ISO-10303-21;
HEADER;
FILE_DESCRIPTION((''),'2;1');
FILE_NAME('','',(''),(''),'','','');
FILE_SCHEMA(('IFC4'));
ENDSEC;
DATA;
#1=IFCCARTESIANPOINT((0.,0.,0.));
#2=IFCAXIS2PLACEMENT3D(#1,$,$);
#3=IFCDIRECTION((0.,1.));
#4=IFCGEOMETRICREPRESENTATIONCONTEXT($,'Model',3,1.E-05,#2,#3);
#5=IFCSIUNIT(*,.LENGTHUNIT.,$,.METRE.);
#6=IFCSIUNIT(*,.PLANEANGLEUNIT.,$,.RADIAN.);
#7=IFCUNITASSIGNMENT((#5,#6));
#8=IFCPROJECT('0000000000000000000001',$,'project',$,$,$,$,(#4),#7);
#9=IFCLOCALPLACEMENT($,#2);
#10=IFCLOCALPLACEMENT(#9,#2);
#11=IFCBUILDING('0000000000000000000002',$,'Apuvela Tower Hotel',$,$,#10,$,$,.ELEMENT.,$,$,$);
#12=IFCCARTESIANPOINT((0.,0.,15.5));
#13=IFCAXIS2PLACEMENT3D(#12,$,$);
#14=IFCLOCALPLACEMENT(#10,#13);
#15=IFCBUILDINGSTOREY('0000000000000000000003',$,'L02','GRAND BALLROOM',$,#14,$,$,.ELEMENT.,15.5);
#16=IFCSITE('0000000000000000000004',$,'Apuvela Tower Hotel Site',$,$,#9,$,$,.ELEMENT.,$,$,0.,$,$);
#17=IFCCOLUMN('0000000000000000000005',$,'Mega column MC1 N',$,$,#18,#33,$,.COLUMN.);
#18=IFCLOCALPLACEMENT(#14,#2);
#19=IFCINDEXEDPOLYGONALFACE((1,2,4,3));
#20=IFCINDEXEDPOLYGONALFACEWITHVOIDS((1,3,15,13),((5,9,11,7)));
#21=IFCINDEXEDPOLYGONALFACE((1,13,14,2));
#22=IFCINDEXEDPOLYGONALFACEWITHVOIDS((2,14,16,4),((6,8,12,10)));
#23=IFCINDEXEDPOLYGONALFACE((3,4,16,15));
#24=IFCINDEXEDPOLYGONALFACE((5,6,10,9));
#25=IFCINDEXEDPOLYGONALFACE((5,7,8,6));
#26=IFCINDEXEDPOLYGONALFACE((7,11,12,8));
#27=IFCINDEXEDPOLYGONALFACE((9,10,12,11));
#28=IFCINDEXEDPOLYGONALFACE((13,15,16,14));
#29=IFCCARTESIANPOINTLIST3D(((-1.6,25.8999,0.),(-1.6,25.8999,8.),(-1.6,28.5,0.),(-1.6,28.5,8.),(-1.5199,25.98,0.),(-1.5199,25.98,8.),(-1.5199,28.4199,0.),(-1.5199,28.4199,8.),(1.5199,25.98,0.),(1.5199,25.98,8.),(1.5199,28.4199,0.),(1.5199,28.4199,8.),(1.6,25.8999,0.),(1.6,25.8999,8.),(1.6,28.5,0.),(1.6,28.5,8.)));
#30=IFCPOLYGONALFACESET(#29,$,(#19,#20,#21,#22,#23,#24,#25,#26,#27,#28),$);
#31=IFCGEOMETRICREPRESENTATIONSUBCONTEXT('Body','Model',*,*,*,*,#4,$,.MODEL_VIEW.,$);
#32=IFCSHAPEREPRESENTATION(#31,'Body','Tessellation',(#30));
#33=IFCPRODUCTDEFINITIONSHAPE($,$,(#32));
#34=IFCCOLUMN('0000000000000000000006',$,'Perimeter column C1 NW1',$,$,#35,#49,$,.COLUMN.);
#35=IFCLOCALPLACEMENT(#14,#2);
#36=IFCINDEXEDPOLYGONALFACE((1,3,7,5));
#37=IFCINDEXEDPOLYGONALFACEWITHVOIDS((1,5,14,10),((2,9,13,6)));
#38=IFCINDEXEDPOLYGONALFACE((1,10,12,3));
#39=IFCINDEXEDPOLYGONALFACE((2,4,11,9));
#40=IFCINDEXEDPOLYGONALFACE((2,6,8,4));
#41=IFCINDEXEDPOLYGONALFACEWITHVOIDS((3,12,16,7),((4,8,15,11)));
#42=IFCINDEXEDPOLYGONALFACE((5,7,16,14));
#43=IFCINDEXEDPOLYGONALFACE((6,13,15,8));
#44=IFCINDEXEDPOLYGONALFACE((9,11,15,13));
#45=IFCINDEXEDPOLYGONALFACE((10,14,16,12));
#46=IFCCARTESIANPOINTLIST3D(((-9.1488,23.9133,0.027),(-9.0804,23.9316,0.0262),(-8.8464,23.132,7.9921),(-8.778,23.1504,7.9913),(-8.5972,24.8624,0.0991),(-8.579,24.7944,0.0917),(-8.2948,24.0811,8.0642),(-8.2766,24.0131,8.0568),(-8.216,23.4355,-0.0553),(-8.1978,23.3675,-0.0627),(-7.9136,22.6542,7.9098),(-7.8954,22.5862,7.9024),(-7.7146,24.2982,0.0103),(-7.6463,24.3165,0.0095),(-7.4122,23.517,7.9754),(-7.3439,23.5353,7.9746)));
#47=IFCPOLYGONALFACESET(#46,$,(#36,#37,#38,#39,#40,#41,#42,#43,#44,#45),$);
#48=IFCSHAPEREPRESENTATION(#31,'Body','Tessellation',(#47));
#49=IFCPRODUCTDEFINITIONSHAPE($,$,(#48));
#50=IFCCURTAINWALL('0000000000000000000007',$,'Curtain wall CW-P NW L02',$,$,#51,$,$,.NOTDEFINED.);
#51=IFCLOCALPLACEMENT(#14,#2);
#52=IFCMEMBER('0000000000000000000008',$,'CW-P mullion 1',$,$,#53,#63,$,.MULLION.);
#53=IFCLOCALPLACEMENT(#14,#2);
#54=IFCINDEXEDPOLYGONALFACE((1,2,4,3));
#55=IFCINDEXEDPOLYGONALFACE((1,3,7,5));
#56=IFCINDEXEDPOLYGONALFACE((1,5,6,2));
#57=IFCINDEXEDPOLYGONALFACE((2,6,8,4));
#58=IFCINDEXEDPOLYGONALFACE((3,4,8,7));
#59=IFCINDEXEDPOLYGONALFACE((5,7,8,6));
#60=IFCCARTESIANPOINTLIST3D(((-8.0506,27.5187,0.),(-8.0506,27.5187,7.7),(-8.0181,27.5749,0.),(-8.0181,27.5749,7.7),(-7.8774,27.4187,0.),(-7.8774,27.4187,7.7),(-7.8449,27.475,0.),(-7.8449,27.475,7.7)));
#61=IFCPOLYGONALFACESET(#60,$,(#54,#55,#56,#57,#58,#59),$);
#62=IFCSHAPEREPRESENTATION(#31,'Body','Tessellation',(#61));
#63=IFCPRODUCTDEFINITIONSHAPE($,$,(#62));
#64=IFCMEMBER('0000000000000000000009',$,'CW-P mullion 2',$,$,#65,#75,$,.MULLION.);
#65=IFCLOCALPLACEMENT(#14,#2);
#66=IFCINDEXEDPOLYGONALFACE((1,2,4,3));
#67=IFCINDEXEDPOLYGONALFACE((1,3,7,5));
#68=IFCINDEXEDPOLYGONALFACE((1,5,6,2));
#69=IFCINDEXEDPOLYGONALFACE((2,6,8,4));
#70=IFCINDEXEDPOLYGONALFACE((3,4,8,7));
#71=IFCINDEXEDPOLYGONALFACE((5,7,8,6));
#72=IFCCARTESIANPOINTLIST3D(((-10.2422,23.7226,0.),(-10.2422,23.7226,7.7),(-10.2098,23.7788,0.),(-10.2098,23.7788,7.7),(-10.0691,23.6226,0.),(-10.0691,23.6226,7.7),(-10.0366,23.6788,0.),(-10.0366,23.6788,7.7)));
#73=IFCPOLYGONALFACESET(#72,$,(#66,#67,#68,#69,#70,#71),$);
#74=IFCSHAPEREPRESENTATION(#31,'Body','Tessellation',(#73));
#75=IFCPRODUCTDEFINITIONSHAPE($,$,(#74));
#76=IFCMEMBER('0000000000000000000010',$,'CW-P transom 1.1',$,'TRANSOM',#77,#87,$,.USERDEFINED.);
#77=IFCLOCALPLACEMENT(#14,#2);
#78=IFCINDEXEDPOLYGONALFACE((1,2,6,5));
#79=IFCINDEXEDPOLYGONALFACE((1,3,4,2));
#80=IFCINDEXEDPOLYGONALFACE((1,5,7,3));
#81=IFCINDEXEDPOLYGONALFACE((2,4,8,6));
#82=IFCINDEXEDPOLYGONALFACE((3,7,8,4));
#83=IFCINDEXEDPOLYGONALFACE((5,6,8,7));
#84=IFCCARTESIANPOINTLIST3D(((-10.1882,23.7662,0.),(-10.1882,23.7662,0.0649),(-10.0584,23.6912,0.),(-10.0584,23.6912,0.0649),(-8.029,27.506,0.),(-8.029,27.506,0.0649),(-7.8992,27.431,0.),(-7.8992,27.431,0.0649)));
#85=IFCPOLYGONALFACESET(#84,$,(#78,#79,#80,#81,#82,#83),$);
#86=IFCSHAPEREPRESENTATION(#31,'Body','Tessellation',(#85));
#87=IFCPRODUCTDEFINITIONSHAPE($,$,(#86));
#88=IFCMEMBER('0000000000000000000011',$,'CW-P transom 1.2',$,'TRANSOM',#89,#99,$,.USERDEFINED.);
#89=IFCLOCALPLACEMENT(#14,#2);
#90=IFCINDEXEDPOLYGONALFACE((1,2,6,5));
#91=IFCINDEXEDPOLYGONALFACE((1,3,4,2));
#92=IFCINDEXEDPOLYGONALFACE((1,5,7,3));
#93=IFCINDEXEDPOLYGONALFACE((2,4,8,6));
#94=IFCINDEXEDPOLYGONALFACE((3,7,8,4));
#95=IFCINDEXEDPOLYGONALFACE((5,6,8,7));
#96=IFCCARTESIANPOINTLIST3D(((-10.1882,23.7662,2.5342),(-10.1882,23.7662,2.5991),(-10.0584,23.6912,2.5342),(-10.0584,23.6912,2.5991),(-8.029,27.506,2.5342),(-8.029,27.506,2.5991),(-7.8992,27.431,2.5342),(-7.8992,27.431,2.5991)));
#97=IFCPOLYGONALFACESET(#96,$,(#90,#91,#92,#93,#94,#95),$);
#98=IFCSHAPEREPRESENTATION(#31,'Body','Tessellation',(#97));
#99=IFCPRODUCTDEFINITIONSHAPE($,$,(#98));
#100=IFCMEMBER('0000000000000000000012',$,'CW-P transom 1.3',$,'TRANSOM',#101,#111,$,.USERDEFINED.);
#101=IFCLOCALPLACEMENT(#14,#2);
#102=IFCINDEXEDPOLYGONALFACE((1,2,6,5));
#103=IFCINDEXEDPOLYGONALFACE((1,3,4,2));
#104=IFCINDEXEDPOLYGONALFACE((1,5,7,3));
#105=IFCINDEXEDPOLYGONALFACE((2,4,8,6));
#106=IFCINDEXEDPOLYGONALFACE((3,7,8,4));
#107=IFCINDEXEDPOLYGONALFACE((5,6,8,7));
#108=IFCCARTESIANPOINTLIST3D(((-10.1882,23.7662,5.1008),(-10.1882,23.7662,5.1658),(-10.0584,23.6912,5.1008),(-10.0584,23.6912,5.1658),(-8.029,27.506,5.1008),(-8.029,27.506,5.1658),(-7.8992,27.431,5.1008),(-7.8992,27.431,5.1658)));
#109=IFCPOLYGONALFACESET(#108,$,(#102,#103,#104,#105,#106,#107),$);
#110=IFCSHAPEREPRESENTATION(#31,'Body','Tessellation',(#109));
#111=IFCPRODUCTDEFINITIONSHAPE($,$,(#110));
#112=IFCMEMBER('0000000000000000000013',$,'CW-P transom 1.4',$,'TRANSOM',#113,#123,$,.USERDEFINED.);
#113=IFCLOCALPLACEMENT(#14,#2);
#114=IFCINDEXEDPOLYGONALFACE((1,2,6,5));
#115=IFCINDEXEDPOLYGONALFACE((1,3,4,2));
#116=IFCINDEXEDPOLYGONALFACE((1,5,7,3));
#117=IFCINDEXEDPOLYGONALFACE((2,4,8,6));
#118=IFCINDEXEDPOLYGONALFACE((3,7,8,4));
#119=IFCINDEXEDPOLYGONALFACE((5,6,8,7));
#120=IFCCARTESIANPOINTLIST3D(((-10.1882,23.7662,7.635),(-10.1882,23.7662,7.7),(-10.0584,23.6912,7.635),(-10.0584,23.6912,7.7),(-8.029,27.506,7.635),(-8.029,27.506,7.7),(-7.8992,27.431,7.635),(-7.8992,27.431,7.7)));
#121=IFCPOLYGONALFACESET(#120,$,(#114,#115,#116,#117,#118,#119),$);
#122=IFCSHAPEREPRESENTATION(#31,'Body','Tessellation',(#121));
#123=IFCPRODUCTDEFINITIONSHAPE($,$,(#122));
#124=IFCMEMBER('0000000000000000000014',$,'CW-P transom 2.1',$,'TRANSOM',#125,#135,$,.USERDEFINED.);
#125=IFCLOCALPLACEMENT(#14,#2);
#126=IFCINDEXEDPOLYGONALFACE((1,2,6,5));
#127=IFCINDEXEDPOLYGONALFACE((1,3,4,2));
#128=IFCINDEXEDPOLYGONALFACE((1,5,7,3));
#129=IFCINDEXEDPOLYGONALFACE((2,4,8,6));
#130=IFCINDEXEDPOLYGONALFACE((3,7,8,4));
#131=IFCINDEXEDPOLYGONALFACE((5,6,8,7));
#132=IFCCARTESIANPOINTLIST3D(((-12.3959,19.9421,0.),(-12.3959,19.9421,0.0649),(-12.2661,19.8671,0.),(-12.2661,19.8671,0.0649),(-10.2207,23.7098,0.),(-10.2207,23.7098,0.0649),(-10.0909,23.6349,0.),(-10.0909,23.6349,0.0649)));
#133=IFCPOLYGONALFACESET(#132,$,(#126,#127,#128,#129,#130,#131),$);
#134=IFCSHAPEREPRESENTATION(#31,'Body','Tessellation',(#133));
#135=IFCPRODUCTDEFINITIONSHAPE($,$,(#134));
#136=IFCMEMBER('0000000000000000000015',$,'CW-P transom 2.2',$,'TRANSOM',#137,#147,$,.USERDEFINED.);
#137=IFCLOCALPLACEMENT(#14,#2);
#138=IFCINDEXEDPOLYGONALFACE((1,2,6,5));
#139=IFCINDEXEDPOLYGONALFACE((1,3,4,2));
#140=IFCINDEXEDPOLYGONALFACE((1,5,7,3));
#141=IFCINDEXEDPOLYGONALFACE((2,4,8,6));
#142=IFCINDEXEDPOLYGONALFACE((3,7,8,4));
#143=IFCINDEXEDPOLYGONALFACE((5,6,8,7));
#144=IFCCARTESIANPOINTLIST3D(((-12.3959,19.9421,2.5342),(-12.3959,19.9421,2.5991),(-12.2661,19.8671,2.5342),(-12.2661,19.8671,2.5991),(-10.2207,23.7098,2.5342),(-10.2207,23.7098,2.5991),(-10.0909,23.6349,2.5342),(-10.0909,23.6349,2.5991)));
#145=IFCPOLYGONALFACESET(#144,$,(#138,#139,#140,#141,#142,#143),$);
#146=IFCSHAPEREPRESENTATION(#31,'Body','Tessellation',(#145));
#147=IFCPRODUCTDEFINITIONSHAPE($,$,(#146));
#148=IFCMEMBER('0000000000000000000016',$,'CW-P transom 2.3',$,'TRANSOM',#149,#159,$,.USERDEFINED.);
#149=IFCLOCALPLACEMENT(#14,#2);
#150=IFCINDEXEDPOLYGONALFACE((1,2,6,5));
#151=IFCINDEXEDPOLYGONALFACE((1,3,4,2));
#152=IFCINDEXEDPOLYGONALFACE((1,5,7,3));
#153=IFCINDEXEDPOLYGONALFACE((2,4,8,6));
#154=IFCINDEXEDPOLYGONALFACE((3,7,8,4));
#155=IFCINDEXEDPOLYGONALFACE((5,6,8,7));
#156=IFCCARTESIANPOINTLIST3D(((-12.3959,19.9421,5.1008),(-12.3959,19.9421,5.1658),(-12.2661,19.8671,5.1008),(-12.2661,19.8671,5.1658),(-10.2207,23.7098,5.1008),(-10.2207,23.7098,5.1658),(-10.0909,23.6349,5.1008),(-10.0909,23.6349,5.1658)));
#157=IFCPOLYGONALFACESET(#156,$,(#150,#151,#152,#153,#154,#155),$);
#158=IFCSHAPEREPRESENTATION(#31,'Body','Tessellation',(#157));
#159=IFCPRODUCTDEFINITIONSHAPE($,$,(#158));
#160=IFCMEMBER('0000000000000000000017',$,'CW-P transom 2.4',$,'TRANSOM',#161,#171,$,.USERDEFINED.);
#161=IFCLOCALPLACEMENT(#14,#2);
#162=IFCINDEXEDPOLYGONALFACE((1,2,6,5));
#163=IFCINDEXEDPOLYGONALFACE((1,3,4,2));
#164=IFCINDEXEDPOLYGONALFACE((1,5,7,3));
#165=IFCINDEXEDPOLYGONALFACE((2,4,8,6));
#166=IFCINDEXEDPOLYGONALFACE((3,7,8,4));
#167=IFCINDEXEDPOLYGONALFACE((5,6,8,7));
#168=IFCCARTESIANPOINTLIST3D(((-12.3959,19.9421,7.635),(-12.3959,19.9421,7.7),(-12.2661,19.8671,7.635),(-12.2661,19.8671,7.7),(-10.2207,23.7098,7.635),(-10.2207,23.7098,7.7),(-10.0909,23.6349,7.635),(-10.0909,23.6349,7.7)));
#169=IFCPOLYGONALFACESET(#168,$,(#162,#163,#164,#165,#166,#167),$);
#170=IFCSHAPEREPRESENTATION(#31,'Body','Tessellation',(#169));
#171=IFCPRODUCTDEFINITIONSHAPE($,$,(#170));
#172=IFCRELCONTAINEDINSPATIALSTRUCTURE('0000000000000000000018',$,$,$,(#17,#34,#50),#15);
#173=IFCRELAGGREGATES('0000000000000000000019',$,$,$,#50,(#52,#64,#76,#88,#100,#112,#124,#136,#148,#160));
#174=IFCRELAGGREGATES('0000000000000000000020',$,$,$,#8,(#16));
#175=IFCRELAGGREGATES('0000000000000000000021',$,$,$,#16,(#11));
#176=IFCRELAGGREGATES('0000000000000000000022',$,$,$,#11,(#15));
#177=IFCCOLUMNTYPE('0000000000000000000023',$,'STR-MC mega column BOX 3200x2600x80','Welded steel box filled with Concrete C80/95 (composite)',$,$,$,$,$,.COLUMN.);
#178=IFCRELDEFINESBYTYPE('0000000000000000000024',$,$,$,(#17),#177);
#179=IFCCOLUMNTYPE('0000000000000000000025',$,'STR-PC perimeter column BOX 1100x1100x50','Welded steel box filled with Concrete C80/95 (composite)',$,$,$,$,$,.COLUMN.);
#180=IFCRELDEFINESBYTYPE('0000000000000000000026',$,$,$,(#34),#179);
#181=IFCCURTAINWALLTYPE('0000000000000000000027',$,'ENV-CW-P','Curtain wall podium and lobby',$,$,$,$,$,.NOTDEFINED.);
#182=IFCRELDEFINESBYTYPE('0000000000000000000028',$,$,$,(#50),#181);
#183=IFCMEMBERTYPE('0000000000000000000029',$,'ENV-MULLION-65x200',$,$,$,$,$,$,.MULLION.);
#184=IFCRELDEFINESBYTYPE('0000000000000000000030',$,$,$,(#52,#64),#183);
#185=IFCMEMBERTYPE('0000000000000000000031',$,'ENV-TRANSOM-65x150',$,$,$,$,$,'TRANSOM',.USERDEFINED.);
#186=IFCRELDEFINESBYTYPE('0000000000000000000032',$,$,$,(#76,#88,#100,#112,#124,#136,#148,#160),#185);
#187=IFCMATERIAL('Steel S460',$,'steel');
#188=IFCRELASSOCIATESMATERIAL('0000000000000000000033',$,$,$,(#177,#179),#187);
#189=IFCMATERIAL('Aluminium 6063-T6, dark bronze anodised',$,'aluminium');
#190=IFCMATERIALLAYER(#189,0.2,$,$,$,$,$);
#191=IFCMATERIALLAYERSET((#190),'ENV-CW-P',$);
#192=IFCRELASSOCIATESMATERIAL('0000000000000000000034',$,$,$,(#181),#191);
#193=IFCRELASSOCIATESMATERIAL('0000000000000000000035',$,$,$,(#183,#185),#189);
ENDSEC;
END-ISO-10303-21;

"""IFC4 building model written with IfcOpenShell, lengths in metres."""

from ifc_helpers import new_model, si_unit, direction, frame, origin, origin_2d, place, context, subcontext, project, spatial, rectangle, hollow_rectangle, extrude, boolean, halfspace, material, layer, layer_set, material_profile, profile_set, type_object, element, aggregate, save


model = new_model("IFC4")

# Units and contexts
model_context = context("Model", 3, precision=1e-05, world=origin(), true_north=direction((0.0, 1.0)))
body_context = subcontext(model_context, "Body", "Model", "MODEL_VIEW")
ifc_project = project(units=[si_unit("LENGTHUNIT", "METRE"), si_unit("PLANEANGLEUNIT", "RADIAN")], contexts=[model_context])

# Site, building, storey
site_placement = place(None, origin())
site = spatial("IfcSite", under=ifc_project, at=site_placement, Name="Apuvela Tower Hotel Site", CompositionType="ELEMENT", RefElevation=0.0)
building_placement = place(site_placement, origin())
building = spatial("IfcBuilding", under=site, at=building_placement, Name="Apuvela Tower Hotel", CompositionType="ELEMENT")
storey_placement = place(building_placement, frame((0.0, 0.0, 15.5)))
storey = spatial("IfcBuildingStorey", under=building, at=storey_placement, Name="L02", Description="GRAND BALLROOM", CompositionType="ELEMENT", Elevation=15.5)

# Columns
ifc_material_1 = material(Name="Steel S460", Category="steel")
ifc_material_profile_1 = material_profile(ifc_material_1, hollow_rectangle(XDim=3.2, YDim=2.6001, WallThickness=0.0801, at=origin_2d()), Name="BOX 3200x2600x80")
ifc_material_2 = material(Name="Concrete C80/95", Category="concrete")
ifc_material_profile_2 = material_profile(ifc_material_2, rectangle(XDim=3.04, YDim=2.4399, at=origin_2d()), Name="Concrete C80/95 infill")
ifc_profile_set_1 = profile_set([ifc_material_profile_1, ifc_material_profile_2], Name="Steel S460")
column_type_1 = type_object("IfcColumnType", Name="STR-MC mega column BOX 3200x2600x80", Description="Welded steel box filled with Concrete C80/95 (composite)", PredefinedType="COLUMN", material=ifc_profile_set_1)
column_1_placement = place(storey_placement, frame((0.0, 27.2, 0.0), z_axis=(0.0, 0.0, 1.0), x_axis=(1.0, 0.0, 0.0)))
element("IfcColumn", 1, at=column_1_placement, inside=storey, type_object=column_type_1, Name="Mega column MC1 N", PredefinedType="COLUMN", context=body_context, shape_type="SweptSolid", body=[
    extrude(hollow_rectangle(XDim=3.2, YDim=2.6001, WallThickness=0.0801, at=origin_2d()), origin(), (0.0, 0.0, 1.0), 8.0),
])
ifc_material_profile_3 = material_profile(ifc_material_1, hollow_rectangle(XDim=1.1001, YDim=1.1001, WallThickness=0.05, at=origin_2d()), Name="BOX 1100x1100x50")
ifc_material_profile_4 = material_profile(ifc_material_2, rectangle(XDim=1.0, YDim=1.0, at=origin_2d()), Name="Concrete C80/95 infill")
ifc_profile_set_2 = profile_set([ifc_material_profile_3, ifc_material_profile_4], Name="Steel S460")
column_type_2 = type_object("IfcColumnType", Name="STR-PC perimeter column BOX 1100x1100x50", Description="Welded steel box filled with Concrete C80/95 (composite)", PredefinedType="COLUMN", material=ifc_profile_set_2)
column_2_placement = place(storey_placement, frame((-8.3982, 24.1167, 0.0), z_axis=(0.037756, -0.097545, 0.994515), x_axis=(0.501389, 0.862733, 0.065585)))
element("IfcColumn", 2, at=column_2_placement, inside=storey, type_object=column_type_2, Name="Perimeter column C1 NW1", PredefinedType="COLUMN", context=body_context, shape_type="SweptSolid", body=[
    boolean("DIFFERENCE", boolean("DIFFERENCE", extrude(hollow_rectangle(XDim=1.1001, YDim=1.1001, WallThickness=0.05, at=origin_2d()), origin(), (0.0, 0.0, 1.0), 8.0442), halfspace(frame((0.0, 0.0, 0.0183), z_axis=(0.0, 0.0, 1.0), x_axis=(1.0, 0.0, 0.0)), True)), halfspace(frame((0.0, 0.0, 8.0273), z_axis=(0.0, 0.0, 1.0), x_axis=(1.0, 0.0, 0.0)), False)),
])

# Curtain wall, members
ifc_material_3 = material(Name="Aluminium 6063-T6, dark bronze anodised", Category="aluminium")
ifc_layer_1 = layer(ifc_material_3, 0.2)
ifc_layer_set_1 = layer_set([ifc_layer_1], Name="ENV-CW-P")
curtain_wall_type = type_object("IfcCurtainWallType", Name="ENV-CW-P", Description="Curtain wall podium and lobby", PredefinedType="NOTDEFINED", material=ifc_layer_set_1)
curtain_wall_placement = place(storey_placement, origin())
curtain_wall = element("IfcCurtainWall", 3, at=curtain_wall_placement, inside=storey, type_object=curtain_wall_type, Name="Curtain wall CW-P NW L02", PredefinedType="NOTDEFINED")
ifc_material_profile_5 = material_profile(ifc_material_3, rectangle(XDim=0.2, YDim=0.0649, at=origin_2d()), Name="AL 65x200")
ifc_profile_set_3 = profile_set([ifc_material_profile_5], Name="Aluminium 6063-T6, dark bronze anodised")
member_type_1 = type_object("IfcMemberType", Name="ENV-MULLION-65x200", PredefinedType="MULLION", material=ifc_profile_set_3)
member_1_placement = place(storey_placement, frame((-7.9478, 27.4968, 0.0), z_axis=(0.0, 0.0, 1.0), x_axis=(0.866025, -0.500001, 0.0)))
member_1 = element("IfcMember", 4, at=member_1_placement, type_object=member_type_1, Name="CW-P mullion 1", PredefinedType="MULLION", context=body_context, shape_type="SweptSolid", body=[
    extrude(rectangle(XDim=0.2, YDim=0.0649, at=origin_2d()), origin(), (0.0, 0.0, 1.0), 7.7),
])
member_2_placement = place(storey_placement, frame((-10.1394, 23.7007, 0.0), z_axis=(0.0, 0.0, 1.0), x_axis=(0.866025, -0.500001, 0.0)))
member_2 = element("IfcMember", 5, at=member_2_placement, type_object=member_type_1, Name="CW-P mullion 2", PredefinedType="MULLION", context=body_context, shape_type="SweptSolid", body=[
    extrude(rectangle(XDim=0.2, YDim=0.0649, at=origin_2d()), origin(), (0.0, 0.0, 1.0), 7.7),
])
ifc_material_profile_6 = material_profile(ifc_material_3, rectangle(XDim=0.1499, YDim=0.0649, at=origin_2d()), Name="AL 65x150 transom")
ifc_profile_set_4 = profile_set([ifc_material_profile_6], Name="Aluminium 6063-T6, dark bronze anodised")
member_type_2 = type_object("IfcMemberType", Name="ENV-TRANSOM-65x150", ElementType="TRANSOM", PredefinedType="USERDEFINED", material=ifc_profile_set_4)
member_3_placement = place(storey_placement, frame((-7.9641, 27.4685, 0.0325), z_axis=(-0.500006, -0.866022, 0.0), x_axis=(0.866022, -0.500006, 0.0)))
member_3 = element("IfcMember", 6, at=member_3_placement, type_object=member_type_2, Name="CW-P transom 1.1", ObjectType="TRANSOM", PredefinedType="USERDEFINED", context=body_context, shape_type="SweptSolid", body=[
    extrude(rectangle(XDim=0.1499, YDim=0.0649, at=origin_2d()), origin(), (0.0, 0.0, 1.0), 4.3184),
])
member_4_placement = place(storey_placement, frame((-7.9641, 27.4685, 2.5667), z_axis=(-0.500006, -0.866022, 0.0), x_axis=(0.866022, -0.500006, 0.0)))
member_4 = element("IfcMember", 7, at=member_4_placement, type_object=member_type_2, Name="CW-P transom 1.2", ObjectType="TRANSOM", PredefinedType="USERDEFINED", context=body_context, shape_type="SweptSolid", body=[
    extrude(rectangle(XDim=0.1499, YDim=0.0649, at=origin_2d()), origin(), (0.0, 0.0, 1.0), 4.3184),
])
member_5_placement = place(storey_placement, frame((-7.9641, 27.4685, 5.1333), z_axis=(-0.500006, -0.866022, 0.0), x_axis=(0.866022, -0.500006, 0.0)))
member_5 = element("IfcMember", 8, at=member_5_placement, type_object=member_type_2, Name="CW-P transom 1.3", ObjectType="TRANSOM", PredefinedType="USERDEFINED", context=body_context, shape_type="SweptSolid", body=[
    extrude(rectangle(XDim=0.1499, YDim=0.0649, at=origin_2d()), origin(), (0.0, 0.0, 1.0), 4.3184),
])
member_6_placement = place(storey_placement, frame((-7.9641, 27.4685, 7.6675), z_axis=(-0.500006, -0.866022, 0.0), x_axis=(0.866022, -0.500006, 0.0)))
member_6 = element("IfcMember", 9, at=member_6_placement, type_object=member_type_2, Name="CW-P transom 1.4", ObjectType="TRANSOM", PredefinedType="USERDEFINED", context=body_context, shape_type="SweptSolid", body=[
    extrude(rectangle(XDim=0.1499, YDim=0.0649, at=origin_2d()), origin(), (0.0, 0.0, 1.0), 4.3184),
])
member_7_placement = place(storey_placement, frame((-10.1558, 23.6724, 0.0325), z_axis=(-0.49999, -0.866031, 0.0), x_axis=(0.866031, -0.49999, 0.0)))
member_7 = element("IfcMember", 10, at=member_7_placement, type_object=member_type_2, Name="CW-P transom 2.1", ObjectType="TRANSOM", PredefinedType="USERDEFINED", context=body_context, shape_type="SweptSolid", body=[
    extrude(rectangle(XDim=0.1499, YDim=0.0649, at=origin_2d()), origin(), (0.0, 0.0, 1.0), 4.3506),
])
member_8_placement = place(storey_placement, frame((-10.1558, 23.6724, 2.5667), z_axis=(-0.49999, -0.866031, 0.0), x_axis=(0.866031, -0.49999, 0.0)))
member_8 = element("IfcMember", 11, at=member_8_placement, type_object=member_type_2, Name="CW-P transom 2.2", ObjectType="TRANSOM", PredefinedType="USERDEFINED", context=body_context, shape_type="SweptSolid", body=[
    extrude(rectangle(XDim=0.1499, YDim=0.0649, at=origin_2d()), origin(), (0.0, 0.0, 1.0), 4.3506),
])
member_9_placement = place(storey_placement, frame((-10.1558, 23.6724, 5.1333), z_axis=(-0.49999, -0.866031, 0.0), x_axis=(0.866031, -0.49999, 0.0)))
member_9 = element("IfcMember", 12, at=member_9_placement, type_object=member_type_2, Name="CW-P transom 2.3", ObjectType="TRANSOM", PredefinedType="USERDEFINED", context=body_context, shape_type="SweptSolid", body=[
    extrude(rectangle(XDim=0.1499, YDim=0.0649, at=origin_2d()), origin(), (0.0, 0.0, 1.0), 4.3506),
])
member_10_placement = place(storey_placement, frame((-10.1558, 23.6724, 7.6675), z_axis=(-0.49999, -0.866031, 0.0), x_axis=(0.866031, -0.49999, 0.0)))
member_10 = element("IfcMember", 13, at=member_10_placement, type_object=member_type_2, Name="CW-P transom 2.4", ObjectType="TRANSOM", PredefinedType="USERDEFINED", context=body_context, shape_type="SweptSolid", body=[
    extrude(rectangle(XDim=0.1499, YDim=0.0649, at=origin_2d()), origin(), (0.0, 0.0, 1.0), 4.3506),
])

aggregate(curtain_wall, [member_1, member_2, member_3, member_4, member_5, member_6, member_7, member_8, member_9, member_10])

save(model, "model.ifc")
